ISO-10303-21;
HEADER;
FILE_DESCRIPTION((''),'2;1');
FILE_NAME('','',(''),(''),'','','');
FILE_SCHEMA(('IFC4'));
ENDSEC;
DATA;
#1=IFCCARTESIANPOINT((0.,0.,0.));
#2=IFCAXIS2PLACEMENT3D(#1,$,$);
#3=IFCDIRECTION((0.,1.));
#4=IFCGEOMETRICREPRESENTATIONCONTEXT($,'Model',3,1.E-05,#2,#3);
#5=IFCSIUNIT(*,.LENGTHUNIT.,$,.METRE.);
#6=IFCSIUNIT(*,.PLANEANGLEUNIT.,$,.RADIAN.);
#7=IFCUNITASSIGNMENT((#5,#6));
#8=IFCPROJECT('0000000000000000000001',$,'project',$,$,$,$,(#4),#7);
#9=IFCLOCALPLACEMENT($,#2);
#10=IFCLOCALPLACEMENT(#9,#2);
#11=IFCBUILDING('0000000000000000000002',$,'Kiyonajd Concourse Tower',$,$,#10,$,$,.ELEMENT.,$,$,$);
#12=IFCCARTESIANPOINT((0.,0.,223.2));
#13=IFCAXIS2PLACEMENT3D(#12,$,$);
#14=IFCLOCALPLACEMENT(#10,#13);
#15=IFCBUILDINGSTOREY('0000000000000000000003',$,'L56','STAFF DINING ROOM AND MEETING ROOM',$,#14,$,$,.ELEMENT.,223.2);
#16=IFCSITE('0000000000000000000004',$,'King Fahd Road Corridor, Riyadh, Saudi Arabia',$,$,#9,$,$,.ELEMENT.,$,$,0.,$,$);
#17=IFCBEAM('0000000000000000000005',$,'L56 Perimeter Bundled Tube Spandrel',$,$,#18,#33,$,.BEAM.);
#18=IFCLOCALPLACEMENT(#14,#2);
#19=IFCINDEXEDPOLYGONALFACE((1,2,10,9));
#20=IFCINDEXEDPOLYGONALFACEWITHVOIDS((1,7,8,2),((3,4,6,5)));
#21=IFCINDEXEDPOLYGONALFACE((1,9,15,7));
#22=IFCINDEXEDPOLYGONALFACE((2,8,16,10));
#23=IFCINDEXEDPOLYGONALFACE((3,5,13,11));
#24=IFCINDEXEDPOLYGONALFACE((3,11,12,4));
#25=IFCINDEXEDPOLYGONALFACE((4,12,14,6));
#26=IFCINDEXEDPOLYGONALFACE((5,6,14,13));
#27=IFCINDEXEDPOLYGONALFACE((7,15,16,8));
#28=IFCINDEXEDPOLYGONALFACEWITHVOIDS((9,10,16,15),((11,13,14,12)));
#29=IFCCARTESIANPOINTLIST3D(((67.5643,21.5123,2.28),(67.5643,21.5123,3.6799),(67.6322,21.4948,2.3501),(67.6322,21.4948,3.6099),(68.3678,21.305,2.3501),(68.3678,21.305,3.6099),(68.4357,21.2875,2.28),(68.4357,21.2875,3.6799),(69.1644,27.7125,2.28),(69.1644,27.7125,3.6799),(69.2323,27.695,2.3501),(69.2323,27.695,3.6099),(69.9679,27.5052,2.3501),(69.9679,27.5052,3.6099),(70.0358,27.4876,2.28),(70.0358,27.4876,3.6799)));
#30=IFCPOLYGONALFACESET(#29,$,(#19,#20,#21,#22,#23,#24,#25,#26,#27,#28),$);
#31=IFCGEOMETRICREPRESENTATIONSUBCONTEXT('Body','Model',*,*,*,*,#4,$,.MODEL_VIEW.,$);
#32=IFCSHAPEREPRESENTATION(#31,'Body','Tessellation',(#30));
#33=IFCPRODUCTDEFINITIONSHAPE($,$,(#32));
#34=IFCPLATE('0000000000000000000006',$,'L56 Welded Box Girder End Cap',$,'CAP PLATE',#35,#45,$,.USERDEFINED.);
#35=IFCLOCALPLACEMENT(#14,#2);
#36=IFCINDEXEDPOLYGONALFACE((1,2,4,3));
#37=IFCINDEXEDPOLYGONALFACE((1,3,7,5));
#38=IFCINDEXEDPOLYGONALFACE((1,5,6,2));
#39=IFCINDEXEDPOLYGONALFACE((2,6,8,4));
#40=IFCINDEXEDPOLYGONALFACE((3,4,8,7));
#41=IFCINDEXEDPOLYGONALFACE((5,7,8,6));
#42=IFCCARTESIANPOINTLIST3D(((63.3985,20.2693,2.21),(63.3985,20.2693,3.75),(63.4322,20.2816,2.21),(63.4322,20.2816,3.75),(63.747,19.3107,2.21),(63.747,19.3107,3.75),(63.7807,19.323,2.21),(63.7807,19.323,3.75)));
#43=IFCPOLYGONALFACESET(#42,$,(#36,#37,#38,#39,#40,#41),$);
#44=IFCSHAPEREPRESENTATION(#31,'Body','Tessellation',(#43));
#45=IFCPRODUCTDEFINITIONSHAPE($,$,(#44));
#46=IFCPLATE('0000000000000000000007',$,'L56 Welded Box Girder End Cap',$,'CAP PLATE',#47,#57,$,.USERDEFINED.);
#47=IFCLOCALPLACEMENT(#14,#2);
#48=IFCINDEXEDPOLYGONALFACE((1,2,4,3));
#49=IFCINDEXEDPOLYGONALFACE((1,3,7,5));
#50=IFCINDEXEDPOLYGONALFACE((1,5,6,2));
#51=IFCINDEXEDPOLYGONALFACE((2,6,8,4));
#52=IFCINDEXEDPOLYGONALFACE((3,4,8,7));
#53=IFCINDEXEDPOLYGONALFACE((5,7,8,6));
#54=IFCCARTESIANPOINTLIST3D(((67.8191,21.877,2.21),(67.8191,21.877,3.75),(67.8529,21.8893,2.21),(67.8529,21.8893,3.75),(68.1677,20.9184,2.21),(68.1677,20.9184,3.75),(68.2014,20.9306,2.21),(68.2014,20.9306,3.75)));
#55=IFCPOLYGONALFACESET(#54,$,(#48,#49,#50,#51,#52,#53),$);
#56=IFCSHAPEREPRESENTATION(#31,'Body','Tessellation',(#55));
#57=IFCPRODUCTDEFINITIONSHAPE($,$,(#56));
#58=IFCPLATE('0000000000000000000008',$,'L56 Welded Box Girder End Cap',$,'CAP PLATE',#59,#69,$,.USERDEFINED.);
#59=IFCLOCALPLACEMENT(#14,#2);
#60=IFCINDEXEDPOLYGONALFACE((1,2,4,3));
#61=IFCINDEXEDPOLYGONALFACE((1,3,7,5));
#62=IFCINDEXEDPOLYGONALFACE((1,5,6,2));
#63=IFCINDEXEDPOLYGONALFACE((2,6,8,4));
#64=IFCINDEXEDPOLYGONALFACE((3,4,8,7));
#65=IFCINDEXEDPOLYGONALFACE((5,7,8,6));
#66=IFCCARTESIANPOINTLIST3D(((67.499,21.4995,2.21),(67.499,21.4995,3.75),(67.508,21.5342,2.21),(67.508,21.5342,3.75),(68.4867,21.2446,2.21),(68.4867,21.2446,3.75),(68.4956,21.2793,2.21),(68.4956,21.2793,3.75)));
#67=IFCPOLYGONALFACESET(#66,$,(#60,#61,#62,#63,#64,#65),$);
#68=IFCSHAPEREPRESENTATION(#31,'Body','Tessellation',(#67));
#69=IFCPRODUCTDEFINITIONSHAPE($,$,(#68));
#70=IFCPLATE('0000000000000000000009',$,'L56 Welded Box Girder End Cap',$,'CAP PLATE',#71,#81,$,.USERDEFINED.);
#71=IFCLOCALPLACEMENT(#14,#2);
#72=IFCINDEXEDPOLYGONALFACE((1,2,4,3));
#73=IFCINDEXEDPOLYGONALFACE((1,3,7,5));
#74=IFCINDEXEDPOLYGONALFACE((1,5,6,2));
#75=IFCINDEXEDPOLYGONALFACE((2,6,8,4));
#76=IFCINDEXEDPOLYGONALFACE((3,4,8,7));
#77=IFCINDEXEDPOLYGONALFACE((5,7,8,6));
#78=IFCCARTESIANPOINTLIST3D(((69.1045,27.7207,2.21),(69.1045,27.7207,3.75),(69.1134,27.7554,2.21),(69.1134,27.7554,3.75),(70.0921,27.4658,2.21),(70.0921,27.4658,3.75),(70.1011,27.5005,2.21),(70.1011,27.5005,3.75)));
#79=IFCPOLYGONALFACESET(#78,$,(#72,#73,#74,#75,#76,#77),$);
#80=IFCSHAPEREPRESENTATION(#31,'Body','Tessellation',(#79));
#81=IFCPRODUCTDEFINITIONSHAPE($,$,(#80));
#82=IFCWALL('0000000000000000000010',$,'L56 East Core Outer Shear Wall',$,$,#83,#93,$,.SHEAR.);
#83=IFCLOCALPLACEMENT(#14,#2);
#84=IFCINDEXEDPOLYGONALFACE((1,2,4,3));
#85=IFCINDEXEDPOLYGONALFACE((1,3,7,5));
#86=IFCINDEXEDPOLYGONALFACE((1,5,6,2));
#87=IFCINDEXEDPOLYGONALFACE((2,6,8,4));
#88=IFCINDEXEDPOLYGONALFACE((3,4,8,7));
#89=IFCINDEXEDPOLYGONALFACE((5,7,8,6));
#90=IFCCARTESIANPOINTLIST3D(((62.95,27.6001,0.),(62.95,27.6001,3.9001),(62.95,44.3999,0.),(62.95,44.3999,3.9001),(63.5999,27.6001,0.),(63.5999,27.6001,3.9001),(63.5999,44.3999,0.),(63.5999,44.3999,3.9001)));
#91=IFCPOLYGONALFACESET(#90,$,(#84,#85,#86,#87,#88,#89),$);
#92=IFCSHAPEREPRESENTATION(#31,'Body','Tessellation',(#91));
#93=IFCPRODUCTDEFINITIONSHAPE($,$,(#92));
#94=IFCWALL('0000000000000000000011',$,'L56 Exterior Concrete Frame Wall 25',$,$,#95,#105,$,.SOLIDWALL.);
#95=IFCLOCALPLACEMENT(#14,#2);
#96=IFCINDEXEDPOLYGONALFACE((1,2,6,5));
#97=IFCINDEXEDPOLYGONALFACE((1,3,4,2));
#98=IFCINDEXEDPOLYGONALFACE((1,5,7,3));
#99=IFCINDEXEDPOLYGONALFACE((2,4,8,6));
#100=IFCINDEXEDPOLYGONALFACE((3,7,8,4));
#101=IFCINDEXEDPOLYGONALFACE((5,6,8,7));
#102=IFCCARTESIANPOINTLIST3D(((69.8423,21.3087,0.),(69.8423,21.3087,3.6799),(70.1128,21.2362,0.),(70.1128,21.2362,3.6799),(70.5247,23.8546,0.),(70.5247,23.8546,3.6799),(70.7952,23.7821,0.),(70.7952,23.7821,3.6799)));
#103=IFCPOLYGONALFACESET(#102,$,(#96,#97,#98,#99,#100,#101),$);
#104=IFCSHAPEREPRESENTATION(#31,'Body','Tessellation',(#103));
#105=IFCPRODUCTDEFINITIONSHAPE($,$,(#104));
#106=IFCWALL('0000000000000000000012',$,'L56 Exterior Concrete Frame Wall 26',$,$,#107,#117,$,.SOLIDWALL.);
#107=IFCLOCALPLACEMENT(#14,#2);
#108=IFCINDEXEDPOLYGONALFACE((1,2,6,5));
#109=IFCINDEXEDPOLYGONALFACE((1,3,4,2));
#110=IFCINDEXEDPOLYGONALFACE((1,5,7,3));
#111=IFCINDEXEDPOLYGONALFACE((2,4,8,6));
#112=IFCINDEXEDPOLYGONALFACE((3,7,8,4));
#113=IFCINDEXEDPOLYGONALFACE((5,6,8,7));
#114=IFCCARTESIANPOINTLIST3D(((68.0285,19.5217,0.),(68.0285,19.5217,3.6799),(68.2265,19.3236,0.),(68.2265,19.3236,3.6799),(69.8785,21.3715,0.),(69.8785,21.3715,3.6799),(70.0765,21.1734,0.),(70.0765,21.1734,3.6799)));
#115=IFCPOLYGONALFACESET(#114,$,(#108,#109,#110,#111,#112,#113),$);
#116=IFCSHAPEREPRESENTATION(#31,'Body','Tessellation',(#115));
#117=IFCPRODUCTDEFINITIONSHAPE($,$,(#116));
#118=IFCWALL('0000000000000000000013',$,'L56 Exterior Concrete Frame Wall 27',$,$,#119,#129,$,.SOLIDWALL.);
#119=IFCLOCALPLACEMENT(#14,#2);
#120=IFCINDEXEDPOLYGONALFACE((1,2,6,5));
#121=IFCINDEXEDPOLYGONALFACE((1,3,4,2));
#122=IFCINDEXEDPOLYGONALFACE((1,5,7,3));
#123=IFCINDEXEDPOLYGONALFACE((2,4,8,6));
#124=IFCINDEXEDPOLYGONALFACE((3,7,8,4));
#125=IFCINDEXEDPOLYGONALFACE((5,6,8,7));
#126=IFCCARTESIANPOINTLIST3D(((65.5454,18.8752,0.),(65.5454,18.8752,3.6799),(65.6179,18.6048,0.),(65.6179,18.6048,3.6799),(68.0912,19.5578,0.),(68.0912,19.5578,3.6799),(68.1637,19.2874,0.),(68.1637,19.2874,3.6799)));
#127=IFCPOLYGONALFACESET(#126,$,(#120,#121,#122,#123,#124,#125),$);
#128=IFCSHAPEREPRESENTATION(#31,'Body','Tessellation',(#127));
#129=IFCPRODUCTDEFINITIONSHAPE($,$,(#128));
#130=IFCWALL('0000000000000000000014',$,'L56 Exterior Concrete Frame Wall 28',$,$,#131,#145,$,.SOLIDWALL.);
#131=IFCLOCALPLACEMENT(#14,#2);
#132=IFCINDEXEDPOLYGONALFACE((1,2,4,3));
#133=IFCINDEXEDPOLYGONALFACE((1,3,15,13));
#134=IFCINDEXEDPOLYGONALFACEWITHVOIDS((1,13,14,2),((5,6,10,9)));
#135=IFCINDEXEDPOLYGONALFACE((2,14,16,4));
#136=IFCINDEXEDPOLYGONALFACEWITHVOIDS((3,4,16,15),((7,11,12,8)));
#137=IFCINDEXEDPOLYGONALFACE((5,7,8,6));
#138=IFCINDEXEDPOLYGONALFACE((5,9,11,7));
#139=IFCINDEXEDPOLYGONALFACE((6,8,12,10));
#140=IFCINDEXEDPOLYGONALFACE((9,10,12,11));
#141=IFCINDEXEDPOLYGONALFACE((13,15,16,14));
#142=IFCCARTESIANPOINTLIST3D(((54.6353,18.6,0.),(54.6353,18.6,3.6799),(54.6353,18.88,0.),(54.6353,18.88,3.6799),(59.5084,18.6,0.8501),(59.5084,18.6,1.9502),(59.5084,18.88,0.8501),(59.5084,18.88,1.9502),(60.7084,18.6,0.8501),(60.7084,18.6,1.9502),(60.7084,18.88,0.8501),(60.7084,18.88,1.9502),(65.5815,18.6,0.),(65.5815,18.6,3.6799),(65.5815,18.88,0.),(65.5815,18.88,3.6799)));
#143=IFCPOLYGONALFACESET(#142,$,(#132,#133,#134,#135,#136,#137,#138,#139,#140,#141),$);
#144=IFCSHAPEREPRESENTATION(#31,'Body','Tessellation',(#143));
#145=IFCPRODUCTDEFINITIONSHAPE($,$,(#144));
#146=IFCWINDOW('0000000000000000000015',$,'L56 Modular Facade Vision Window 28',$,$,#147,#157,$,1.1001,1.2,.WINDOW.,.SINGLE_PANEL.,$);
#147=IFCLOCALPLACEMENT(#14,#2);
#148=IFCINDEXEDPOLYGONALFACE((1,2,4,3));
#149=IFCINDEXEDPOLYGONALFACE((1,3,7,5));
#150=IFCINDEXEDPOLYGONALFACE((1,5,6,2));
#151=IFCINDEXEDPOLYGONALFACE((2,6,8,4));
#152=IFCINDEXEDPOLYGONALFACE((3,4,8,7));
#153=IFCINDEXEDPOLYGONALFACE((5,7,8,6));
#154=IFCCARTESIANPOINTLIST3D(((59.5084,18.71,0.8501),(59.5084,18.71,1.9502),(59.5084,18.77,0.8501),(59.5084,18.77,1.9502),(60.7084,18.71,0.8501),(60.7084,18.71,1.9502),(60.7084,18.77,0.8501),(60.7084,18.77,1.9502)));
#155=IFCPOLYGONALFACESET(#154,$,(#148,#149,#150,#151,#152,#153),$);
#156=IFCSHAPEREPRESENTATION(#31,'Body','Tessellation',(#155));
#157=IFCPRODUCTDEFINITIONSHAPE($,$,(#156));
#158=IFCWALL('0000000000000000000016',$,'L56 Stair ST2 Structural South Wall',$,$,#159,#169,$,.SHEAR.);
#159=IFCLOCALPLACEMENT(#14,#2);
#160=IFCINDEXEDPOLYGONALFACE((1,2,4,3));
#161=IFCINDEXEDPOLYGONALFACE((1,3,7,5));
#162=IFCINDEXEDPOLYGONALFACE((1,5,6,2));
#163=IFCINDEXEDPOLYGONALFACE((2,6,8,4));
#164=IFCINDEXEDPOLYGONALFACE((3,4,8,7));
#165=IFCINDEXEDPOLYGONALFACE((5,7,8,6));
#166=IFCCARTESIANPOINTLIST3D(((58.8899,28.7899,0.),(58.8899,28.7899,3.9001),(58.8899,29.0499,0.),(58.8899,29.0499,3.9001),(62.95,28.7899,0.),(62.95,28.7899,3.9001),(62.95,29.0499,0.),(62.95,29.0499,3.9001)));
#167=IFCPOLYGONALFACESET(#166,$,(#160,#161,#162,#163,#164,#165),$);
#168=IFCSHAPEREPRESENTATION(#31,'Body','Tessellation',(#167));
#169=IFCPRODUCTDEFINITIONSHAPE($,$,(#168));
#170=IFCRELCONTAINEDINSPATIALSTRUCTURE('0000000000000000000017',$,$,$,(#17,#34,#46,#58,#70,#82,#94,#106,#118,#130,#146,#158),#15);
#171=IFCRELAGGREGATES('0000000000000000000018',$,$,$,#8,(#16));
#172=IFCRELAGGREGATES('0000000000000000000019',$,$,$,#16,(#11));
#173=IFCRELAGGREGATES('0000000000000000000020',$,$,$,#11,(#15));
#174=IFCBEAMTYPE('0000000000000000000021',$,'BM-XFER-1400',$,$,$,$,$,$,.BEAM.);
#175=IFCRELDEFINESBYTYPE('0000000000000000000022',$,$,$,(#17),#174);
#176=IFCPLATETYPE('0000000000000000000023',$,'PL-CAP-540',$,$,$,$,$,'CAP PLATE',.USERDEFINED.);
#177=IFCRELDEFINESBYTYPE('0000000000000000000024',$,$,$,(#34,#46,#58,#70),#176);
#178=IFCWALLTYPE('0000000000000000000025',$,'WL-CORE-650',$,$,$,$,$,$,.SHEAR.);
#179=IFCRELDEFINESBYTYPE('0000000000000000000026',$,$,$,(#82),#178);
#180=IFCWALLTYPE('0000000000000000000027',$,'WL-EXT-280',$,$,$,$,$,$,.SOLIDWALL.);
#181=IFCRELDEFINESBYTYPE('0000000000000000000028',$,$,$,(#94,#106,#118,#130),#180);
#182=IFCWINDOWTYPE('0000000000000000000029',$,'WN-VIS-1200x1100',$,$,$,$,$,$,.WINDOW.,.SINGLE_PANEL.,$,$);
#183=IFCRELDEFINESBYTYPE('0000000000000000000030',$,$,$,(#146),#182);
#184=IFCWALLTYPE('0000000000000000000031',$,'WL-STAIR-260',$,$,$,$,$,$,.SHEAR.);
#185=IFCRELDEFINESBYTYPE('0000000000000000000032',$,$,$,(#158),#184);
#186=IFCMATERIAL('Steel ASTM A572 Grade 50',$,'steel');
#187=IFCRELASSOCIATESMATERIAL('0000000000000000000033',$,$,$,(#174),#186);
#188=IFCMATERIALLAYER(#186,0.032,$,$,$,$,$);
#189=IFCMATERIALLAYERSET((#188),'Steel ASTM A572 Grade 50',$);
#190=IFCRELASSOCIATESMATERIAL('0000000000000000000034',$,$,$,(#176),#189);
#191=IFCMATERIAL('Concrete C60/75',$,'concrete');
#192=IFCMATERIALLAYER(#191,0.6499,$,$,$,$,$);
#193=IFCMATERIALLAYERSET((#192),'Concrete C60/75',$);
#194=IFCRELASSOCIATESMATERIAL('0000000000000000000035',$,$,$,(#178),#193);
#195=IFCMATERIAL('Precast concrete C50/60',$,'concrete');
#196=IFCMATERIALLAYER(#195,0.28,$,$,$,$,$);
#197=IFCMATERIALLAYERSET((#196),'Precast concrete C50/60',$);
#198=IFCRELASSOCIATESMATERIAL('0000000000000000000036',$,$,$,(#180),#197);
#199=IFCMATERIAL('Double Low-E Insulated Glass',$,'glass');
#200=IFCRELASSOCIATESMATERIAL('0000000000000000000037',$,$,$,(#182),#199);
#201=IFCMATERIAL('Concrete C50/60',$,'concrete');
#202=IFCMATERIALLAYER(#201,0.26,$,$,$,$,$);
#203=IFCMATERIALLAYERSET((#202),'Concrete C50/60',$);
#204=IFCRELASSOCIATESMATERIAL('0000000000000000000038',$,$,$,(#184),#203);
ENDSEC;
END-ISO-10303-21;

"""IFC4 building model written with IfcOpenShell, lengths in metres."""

from ifc_helpers import new_model, si_unit, direction, frame, frame_2d, origin, origin_2d, place, context, subcontext, project, spatial, rectangle, hollow_rectangle, extrude, material, layer, layer_set, material_profile, profile_set, type_object, element, fill, save


model = new_model("IFC4")

# Units and contexts
model_context = context("Model", 3, precision=1e-05, world=origin(), true_north=direction((0.0, 1.0)))
body_context = subcontext(model_context, "Body", "Model", "MODEL_VIEW")
ifc_project = project(units=[si_unit("LENGTHUNIT", "METRE"), si_unit("PLANEANGLEUNIT", "RADIAN")], contexts=[model_context])

# Site, building, storey
site_placement = place(None, origin())
site = spatial("IfcSite", under=ifc_project, at=site_placement, Name="King Fahd Road Corridor, Riyadh, Saudi Arabia", CompositionType="ELEMENT", RefElevation=0.0)
building_placement = place(site_placement, origin())
building = spatial("IfcBuilding", under=site, at=building_placement, Name="Kiyonajd Concourse Tower", CompositionType="ELEMENT")
storey_placement = place(building_placement, frame((0.0, 0.0, 223.2)))
storey = spatial("IfcBuildingStorey", under=building, at=storey_placement, Name="L56", Description="STAFF DINING ROOM AND MEETING ROOM", CompositionType="ELEMENT", Elevation=223.2)

# Shared definitions
ifc_material_1 = material(Name="Concrete C60/75", Category="concrete")

# Beam
ifc_material_2 = material(Name="Concrete C50/60", Category="concrete")
ifc_material_3 = material(Name="Steel ASTM A572 Grade 50", Category="steel")
ifc_material_profile_1 = material_profile(ifc_material_3, hollow_rectangle(XDim=0.8999, YDim=1.3999, WallThickness=0.0701, at=origin_2d()), Name="BOX-1400x900x70")
ifc_profile_set_1 = profile_set([ifc_material_profile_1], Name="Steel ASTM A572 Grade 50")
beam_type_1 = type_object("IfcBeamType", Name="BM-XFER-1400", PredefinedType="BEAM", material=ifc_profile_set_1)
beam_1_placement = place(storey_placement, frame((68.0, 21.3999, 2.98), z_axis=(0.249885, 0.968276, 0.0), x_axis=(-0.968276, 0.249885, 0.0)))
element("IfcBeam", 1, at=beam_1_placement, inside=storey, type_object=beam_type_1, Name="L56 Perimeter Bundled Tube Spandrel", PredefinedType="BEAM", context=body_context, shape_type="SweptSolid", body=[
    extrude(hollow_rectangle(XDim=0.8999, YDim=1.3999, WallThickness=0.0701, at=origin_2d()), origin(), (0.0, 0.0, 1.0), 6.4033),
])

# Plates
ifc_layer_1 = layer(ifc_material_3, 0.032)
ifc_layer_set_1 = layer_set([ifc_layer_1], Name="Steel ASTM A572 Grade 50")
plate_type = type_object("IfcPlateType", Name="PL-CAP-540", ElementType="CAP PLATE", PredefinedType="USERDEFINED", material=ifc_layer_set_1)
for number, where, z_axis, x_axis, name in (
    (2, (63.5896, 19.7961, 2.21), (0.0, 0.0, 1.0), (-0.939812, -0.341692, 0.0), "L56 Welded Box Girder End Cap"),
    (3, (68.0103, 21.4038, 2.21), (0.0, 0.0, 1.0), (0.939812, 0.341692, 0.0), "L56 Welded Box Girder End Cap"),
    (4, (67.9973, 21.3894, 2.21), (0.0, 0.0, 1.0), (-0.249873, -0.968279, 0.0), "L56 Welded Box Girder End Cap"),
    (5, (69.6028, 27.6106, 2.21), (0.0, 0.0, 1.0), (0.249873, 0.968279, 0.0), "L56 Welded Box Girder End Cap"),
):
    element("IfcPlate", number, at=place(storey_placement, frame(where, z_axis=z_axis, x_axis=x_axis)), inside=storey, type_object=plate_type, Name=name, ObjectType="CAP PLATE", PredefinedType="USERDEFINED", context=body_context, shape_type="SweptSolid", body=[
        extrude(rectangle(XDim=0.0359, YDim=1.02, at=origin_2d()), origin(), (0.0, 0.0, 1.0), 1.54),
    ])

# Walls
ifc_layer_2 = layer(ifc_material_1, 0.6499)
ifc_layer_set_2 = layer_set([ifc_layer_2], Name="Concrete C60/75")
wall_type_1 = type_object("IfcWallType", Name="WL-CORE-650", PredefinedType="SHEAR", material=ifc_layer_set_2)
wall_1_placement = place(storey_placement, frame((63.2749, 27.6001, 0.0), z_axis=(0.0, 0.0, 1.0), x_axis=(0.0, 1.0, 0.0)))
element("IfcWall", 6, at=wall_1_placement, inside=storey, type_object=wall_type_1, Name="L56 East Core Outer Shear Wall", PredefinedType="SHEAR", context=body_context, shape_type="SweptSolid", body=[
    extrude(rectangle(XDim=16.7998, YDim=0.6499, at=frame_2d((8.3999, 0.0))), origin(), (0.0, 0.0, 1.0), 3.9001),
])
ifc_material_4 = material(Name="Precast concrete C50/60", Category="concrete")
ifc_layer_3 = layer(ifc_material_4, 0.28)
ifc_layer_set_3 = layer_set([ifc_layer_3], Name="Precast concrete C50/60")
wall_type_2 = type_object("IfcWallType", Name="WL-EXT-280", PredefinedType="SOLIDWALL", material=ifc_layer_set_3)
wall_2_placement = place(storey_placement, frame((70.6599, 23.8184, 0.0), z_axis=(0.0, 0.0, 1.0), x_axis=(-0.25889, -0.965907, 0.0)))
element("IfcWall", 7, at=wall_2_placement, inside=storey, type_object=wall_type_2, Name="L56 Exterior Concrete Frame Wall 25", PredefinedType="SOLIDWALL", context=body_context, shape_type="SweptSolid", body=[
    extrude(rectangle(XDim=2.6357, YDim=0.28, at=frame_2d((1.3179, 0.0))), origin(), (0.0, 0.0, 1.0), 3.6799),
])
wall_3_placement = place(storey_placement, frame((69.9775, 21.2725, 0.0), z_axis=(0.0, 0.0, 1.0), x_axis=(-0.707153, -0.70706, 0.0)))
element("IfcWall", 8, at=wall_3_placement, inside=storey, type_object=wall_type_2, Name="L56 Exterior Concrete Frame Wall 26", PredefinedType="SOLIDWALL", context=body_context, shape_type="SweptSolid", body=[
    extrude(rectangle(XDim=2.6162, YDim=0.28, at=frame_2d((1.3081, 0.0))), origin(), (0.0, 0.0, 1.0), 3.6799),
])
wall_4_placement = place(storey_placement, frame((68.1274, 19.4226, 0.0), z_axis=(0.0, 0.0, 1.0), x_axis=(-0.965884, -0.258977, 0.0)))
element("IfcWall", 9, at=wall_4_placement, inside=storey, type_object=wall_type_2, Name="L56 Exterior Concrete Frame Wall 27", PredefinedType="SOLIDWALL", context=body_context, shape_type="SweptSolid", body=[
    extrude(rectangle(XDim=2.6357, YDim=0.28, at=frame_2d((1.3179, 0.0))), origin(), (0.0, 0.0, 1.0), 3.6799),
])

# Wall, opening, window
wall_5_placement = place(storey_placement, frame((65.5815, 18.74, 0.0), z_axis=(0.0, 0.0, 1.0), x_axis=(-1.0, 0.0, 0.0)))
wall_5 = element("IfcWall", 10, at=wall_5_placement, inside=storey, type_object=wall_type_2, Name="L56 Exterior Concrete Frame Wall 28", PredefinedType="SOLIDWALL", context=body_context, shape_type="SweptSolid", body=[
    extrude(rectangle(XDim=10.9463, YDim=0.28, at=frame_2d((5.4731, 0.0))), origin(), (0.0, 0.0, 1.0), 3.6799),
])
opening_1_placement = place(wall_5_placement, frame((4.873, 0.0, 0.8501)))
opening_1 = element("IfcOpeningElement", 11, at=opening_1_placement, cuts=wall_5, PredefinedType="OPENING", context=body_context, shape_type="SweptSolid", body=[
    extrude(rectangle(XDim=1.2, YDim=1.1001, at=frame_2d((0.6001, 0.55))), frame((0.0, 0.1499, 0.0), z_axis=(0.0, -1.0, 0.0), x_axis=(1.0, 0.0, 0.0)), (0.0, 0.0, 1.0), 0.3),
])
ifc_material_5 = material(Name="Double Low-E Insulated Glass", Category="glass")
window_type = type_object("IfcWindowType", Name="WN-VIS-1200x1100", PartitioningType="SINGLE_PANEL", PredefinedType="WINDOW", material=ifc_material_5)
window_placement = place(opening_1_placement, origin())
window = element("IfcWindow", 12, at=window_placement, inside=storey, type_object=window_type, Name="L56 Modular Facade Vision Window 28", OverallHeight=1.1001, OverallWidth=1.2, PartitioningType="SINGLE_PANEL", PredefinedType="WINDOW", context=body_context, shape_type="SweptSolid", body=[
    extrude(rectangle(XDim=1.2, YDim=1.1001, at=frame_2d((0.6001, 0.55))), frame((0.0, 0.03, 0.0), z_axis=(0.0, -1.0, 0.0), x_axis=(1.0, 0.0, 0.0)), (0.0, 0.0, 1.0), 0.0601),
])
fill(opening_1, window)

# Wall
ifc_layer_4 = layer(ifc_material_2, 0.26)
ifc_layer_set_4 = layer_set([ifc_layer_4], Name="Concrete C50/60")
wall_type_3 = type_object("IfcWallType", Name="WL-STAIR-260", PredefinedType="SHEAR", material=ifc_layer_set_4)
wall_6_placement = place(storey_placement, frame((58.8899, 28.9199, 0.0), z_axis=(0.0, 0.0, 1.0), x_axis=(1.0, 0.0, 0.0)))
element("IfcWall", 13, at=wall_6_placement, inside=storey, type_object=wall_type_3, Name="L56 Stair ST2 Structural South Wall", PredefinedType="SHEAR", context=body_context, shape_type="SweptSolid", body=[
    extrude(rectangle(XDim=4.0601, YDim=0.26, at=frame_2d((2.03, 0.0))), origin(), (0.0, 0.0, 1.0), 3.9001),
])

save(model, "model.ifc")
